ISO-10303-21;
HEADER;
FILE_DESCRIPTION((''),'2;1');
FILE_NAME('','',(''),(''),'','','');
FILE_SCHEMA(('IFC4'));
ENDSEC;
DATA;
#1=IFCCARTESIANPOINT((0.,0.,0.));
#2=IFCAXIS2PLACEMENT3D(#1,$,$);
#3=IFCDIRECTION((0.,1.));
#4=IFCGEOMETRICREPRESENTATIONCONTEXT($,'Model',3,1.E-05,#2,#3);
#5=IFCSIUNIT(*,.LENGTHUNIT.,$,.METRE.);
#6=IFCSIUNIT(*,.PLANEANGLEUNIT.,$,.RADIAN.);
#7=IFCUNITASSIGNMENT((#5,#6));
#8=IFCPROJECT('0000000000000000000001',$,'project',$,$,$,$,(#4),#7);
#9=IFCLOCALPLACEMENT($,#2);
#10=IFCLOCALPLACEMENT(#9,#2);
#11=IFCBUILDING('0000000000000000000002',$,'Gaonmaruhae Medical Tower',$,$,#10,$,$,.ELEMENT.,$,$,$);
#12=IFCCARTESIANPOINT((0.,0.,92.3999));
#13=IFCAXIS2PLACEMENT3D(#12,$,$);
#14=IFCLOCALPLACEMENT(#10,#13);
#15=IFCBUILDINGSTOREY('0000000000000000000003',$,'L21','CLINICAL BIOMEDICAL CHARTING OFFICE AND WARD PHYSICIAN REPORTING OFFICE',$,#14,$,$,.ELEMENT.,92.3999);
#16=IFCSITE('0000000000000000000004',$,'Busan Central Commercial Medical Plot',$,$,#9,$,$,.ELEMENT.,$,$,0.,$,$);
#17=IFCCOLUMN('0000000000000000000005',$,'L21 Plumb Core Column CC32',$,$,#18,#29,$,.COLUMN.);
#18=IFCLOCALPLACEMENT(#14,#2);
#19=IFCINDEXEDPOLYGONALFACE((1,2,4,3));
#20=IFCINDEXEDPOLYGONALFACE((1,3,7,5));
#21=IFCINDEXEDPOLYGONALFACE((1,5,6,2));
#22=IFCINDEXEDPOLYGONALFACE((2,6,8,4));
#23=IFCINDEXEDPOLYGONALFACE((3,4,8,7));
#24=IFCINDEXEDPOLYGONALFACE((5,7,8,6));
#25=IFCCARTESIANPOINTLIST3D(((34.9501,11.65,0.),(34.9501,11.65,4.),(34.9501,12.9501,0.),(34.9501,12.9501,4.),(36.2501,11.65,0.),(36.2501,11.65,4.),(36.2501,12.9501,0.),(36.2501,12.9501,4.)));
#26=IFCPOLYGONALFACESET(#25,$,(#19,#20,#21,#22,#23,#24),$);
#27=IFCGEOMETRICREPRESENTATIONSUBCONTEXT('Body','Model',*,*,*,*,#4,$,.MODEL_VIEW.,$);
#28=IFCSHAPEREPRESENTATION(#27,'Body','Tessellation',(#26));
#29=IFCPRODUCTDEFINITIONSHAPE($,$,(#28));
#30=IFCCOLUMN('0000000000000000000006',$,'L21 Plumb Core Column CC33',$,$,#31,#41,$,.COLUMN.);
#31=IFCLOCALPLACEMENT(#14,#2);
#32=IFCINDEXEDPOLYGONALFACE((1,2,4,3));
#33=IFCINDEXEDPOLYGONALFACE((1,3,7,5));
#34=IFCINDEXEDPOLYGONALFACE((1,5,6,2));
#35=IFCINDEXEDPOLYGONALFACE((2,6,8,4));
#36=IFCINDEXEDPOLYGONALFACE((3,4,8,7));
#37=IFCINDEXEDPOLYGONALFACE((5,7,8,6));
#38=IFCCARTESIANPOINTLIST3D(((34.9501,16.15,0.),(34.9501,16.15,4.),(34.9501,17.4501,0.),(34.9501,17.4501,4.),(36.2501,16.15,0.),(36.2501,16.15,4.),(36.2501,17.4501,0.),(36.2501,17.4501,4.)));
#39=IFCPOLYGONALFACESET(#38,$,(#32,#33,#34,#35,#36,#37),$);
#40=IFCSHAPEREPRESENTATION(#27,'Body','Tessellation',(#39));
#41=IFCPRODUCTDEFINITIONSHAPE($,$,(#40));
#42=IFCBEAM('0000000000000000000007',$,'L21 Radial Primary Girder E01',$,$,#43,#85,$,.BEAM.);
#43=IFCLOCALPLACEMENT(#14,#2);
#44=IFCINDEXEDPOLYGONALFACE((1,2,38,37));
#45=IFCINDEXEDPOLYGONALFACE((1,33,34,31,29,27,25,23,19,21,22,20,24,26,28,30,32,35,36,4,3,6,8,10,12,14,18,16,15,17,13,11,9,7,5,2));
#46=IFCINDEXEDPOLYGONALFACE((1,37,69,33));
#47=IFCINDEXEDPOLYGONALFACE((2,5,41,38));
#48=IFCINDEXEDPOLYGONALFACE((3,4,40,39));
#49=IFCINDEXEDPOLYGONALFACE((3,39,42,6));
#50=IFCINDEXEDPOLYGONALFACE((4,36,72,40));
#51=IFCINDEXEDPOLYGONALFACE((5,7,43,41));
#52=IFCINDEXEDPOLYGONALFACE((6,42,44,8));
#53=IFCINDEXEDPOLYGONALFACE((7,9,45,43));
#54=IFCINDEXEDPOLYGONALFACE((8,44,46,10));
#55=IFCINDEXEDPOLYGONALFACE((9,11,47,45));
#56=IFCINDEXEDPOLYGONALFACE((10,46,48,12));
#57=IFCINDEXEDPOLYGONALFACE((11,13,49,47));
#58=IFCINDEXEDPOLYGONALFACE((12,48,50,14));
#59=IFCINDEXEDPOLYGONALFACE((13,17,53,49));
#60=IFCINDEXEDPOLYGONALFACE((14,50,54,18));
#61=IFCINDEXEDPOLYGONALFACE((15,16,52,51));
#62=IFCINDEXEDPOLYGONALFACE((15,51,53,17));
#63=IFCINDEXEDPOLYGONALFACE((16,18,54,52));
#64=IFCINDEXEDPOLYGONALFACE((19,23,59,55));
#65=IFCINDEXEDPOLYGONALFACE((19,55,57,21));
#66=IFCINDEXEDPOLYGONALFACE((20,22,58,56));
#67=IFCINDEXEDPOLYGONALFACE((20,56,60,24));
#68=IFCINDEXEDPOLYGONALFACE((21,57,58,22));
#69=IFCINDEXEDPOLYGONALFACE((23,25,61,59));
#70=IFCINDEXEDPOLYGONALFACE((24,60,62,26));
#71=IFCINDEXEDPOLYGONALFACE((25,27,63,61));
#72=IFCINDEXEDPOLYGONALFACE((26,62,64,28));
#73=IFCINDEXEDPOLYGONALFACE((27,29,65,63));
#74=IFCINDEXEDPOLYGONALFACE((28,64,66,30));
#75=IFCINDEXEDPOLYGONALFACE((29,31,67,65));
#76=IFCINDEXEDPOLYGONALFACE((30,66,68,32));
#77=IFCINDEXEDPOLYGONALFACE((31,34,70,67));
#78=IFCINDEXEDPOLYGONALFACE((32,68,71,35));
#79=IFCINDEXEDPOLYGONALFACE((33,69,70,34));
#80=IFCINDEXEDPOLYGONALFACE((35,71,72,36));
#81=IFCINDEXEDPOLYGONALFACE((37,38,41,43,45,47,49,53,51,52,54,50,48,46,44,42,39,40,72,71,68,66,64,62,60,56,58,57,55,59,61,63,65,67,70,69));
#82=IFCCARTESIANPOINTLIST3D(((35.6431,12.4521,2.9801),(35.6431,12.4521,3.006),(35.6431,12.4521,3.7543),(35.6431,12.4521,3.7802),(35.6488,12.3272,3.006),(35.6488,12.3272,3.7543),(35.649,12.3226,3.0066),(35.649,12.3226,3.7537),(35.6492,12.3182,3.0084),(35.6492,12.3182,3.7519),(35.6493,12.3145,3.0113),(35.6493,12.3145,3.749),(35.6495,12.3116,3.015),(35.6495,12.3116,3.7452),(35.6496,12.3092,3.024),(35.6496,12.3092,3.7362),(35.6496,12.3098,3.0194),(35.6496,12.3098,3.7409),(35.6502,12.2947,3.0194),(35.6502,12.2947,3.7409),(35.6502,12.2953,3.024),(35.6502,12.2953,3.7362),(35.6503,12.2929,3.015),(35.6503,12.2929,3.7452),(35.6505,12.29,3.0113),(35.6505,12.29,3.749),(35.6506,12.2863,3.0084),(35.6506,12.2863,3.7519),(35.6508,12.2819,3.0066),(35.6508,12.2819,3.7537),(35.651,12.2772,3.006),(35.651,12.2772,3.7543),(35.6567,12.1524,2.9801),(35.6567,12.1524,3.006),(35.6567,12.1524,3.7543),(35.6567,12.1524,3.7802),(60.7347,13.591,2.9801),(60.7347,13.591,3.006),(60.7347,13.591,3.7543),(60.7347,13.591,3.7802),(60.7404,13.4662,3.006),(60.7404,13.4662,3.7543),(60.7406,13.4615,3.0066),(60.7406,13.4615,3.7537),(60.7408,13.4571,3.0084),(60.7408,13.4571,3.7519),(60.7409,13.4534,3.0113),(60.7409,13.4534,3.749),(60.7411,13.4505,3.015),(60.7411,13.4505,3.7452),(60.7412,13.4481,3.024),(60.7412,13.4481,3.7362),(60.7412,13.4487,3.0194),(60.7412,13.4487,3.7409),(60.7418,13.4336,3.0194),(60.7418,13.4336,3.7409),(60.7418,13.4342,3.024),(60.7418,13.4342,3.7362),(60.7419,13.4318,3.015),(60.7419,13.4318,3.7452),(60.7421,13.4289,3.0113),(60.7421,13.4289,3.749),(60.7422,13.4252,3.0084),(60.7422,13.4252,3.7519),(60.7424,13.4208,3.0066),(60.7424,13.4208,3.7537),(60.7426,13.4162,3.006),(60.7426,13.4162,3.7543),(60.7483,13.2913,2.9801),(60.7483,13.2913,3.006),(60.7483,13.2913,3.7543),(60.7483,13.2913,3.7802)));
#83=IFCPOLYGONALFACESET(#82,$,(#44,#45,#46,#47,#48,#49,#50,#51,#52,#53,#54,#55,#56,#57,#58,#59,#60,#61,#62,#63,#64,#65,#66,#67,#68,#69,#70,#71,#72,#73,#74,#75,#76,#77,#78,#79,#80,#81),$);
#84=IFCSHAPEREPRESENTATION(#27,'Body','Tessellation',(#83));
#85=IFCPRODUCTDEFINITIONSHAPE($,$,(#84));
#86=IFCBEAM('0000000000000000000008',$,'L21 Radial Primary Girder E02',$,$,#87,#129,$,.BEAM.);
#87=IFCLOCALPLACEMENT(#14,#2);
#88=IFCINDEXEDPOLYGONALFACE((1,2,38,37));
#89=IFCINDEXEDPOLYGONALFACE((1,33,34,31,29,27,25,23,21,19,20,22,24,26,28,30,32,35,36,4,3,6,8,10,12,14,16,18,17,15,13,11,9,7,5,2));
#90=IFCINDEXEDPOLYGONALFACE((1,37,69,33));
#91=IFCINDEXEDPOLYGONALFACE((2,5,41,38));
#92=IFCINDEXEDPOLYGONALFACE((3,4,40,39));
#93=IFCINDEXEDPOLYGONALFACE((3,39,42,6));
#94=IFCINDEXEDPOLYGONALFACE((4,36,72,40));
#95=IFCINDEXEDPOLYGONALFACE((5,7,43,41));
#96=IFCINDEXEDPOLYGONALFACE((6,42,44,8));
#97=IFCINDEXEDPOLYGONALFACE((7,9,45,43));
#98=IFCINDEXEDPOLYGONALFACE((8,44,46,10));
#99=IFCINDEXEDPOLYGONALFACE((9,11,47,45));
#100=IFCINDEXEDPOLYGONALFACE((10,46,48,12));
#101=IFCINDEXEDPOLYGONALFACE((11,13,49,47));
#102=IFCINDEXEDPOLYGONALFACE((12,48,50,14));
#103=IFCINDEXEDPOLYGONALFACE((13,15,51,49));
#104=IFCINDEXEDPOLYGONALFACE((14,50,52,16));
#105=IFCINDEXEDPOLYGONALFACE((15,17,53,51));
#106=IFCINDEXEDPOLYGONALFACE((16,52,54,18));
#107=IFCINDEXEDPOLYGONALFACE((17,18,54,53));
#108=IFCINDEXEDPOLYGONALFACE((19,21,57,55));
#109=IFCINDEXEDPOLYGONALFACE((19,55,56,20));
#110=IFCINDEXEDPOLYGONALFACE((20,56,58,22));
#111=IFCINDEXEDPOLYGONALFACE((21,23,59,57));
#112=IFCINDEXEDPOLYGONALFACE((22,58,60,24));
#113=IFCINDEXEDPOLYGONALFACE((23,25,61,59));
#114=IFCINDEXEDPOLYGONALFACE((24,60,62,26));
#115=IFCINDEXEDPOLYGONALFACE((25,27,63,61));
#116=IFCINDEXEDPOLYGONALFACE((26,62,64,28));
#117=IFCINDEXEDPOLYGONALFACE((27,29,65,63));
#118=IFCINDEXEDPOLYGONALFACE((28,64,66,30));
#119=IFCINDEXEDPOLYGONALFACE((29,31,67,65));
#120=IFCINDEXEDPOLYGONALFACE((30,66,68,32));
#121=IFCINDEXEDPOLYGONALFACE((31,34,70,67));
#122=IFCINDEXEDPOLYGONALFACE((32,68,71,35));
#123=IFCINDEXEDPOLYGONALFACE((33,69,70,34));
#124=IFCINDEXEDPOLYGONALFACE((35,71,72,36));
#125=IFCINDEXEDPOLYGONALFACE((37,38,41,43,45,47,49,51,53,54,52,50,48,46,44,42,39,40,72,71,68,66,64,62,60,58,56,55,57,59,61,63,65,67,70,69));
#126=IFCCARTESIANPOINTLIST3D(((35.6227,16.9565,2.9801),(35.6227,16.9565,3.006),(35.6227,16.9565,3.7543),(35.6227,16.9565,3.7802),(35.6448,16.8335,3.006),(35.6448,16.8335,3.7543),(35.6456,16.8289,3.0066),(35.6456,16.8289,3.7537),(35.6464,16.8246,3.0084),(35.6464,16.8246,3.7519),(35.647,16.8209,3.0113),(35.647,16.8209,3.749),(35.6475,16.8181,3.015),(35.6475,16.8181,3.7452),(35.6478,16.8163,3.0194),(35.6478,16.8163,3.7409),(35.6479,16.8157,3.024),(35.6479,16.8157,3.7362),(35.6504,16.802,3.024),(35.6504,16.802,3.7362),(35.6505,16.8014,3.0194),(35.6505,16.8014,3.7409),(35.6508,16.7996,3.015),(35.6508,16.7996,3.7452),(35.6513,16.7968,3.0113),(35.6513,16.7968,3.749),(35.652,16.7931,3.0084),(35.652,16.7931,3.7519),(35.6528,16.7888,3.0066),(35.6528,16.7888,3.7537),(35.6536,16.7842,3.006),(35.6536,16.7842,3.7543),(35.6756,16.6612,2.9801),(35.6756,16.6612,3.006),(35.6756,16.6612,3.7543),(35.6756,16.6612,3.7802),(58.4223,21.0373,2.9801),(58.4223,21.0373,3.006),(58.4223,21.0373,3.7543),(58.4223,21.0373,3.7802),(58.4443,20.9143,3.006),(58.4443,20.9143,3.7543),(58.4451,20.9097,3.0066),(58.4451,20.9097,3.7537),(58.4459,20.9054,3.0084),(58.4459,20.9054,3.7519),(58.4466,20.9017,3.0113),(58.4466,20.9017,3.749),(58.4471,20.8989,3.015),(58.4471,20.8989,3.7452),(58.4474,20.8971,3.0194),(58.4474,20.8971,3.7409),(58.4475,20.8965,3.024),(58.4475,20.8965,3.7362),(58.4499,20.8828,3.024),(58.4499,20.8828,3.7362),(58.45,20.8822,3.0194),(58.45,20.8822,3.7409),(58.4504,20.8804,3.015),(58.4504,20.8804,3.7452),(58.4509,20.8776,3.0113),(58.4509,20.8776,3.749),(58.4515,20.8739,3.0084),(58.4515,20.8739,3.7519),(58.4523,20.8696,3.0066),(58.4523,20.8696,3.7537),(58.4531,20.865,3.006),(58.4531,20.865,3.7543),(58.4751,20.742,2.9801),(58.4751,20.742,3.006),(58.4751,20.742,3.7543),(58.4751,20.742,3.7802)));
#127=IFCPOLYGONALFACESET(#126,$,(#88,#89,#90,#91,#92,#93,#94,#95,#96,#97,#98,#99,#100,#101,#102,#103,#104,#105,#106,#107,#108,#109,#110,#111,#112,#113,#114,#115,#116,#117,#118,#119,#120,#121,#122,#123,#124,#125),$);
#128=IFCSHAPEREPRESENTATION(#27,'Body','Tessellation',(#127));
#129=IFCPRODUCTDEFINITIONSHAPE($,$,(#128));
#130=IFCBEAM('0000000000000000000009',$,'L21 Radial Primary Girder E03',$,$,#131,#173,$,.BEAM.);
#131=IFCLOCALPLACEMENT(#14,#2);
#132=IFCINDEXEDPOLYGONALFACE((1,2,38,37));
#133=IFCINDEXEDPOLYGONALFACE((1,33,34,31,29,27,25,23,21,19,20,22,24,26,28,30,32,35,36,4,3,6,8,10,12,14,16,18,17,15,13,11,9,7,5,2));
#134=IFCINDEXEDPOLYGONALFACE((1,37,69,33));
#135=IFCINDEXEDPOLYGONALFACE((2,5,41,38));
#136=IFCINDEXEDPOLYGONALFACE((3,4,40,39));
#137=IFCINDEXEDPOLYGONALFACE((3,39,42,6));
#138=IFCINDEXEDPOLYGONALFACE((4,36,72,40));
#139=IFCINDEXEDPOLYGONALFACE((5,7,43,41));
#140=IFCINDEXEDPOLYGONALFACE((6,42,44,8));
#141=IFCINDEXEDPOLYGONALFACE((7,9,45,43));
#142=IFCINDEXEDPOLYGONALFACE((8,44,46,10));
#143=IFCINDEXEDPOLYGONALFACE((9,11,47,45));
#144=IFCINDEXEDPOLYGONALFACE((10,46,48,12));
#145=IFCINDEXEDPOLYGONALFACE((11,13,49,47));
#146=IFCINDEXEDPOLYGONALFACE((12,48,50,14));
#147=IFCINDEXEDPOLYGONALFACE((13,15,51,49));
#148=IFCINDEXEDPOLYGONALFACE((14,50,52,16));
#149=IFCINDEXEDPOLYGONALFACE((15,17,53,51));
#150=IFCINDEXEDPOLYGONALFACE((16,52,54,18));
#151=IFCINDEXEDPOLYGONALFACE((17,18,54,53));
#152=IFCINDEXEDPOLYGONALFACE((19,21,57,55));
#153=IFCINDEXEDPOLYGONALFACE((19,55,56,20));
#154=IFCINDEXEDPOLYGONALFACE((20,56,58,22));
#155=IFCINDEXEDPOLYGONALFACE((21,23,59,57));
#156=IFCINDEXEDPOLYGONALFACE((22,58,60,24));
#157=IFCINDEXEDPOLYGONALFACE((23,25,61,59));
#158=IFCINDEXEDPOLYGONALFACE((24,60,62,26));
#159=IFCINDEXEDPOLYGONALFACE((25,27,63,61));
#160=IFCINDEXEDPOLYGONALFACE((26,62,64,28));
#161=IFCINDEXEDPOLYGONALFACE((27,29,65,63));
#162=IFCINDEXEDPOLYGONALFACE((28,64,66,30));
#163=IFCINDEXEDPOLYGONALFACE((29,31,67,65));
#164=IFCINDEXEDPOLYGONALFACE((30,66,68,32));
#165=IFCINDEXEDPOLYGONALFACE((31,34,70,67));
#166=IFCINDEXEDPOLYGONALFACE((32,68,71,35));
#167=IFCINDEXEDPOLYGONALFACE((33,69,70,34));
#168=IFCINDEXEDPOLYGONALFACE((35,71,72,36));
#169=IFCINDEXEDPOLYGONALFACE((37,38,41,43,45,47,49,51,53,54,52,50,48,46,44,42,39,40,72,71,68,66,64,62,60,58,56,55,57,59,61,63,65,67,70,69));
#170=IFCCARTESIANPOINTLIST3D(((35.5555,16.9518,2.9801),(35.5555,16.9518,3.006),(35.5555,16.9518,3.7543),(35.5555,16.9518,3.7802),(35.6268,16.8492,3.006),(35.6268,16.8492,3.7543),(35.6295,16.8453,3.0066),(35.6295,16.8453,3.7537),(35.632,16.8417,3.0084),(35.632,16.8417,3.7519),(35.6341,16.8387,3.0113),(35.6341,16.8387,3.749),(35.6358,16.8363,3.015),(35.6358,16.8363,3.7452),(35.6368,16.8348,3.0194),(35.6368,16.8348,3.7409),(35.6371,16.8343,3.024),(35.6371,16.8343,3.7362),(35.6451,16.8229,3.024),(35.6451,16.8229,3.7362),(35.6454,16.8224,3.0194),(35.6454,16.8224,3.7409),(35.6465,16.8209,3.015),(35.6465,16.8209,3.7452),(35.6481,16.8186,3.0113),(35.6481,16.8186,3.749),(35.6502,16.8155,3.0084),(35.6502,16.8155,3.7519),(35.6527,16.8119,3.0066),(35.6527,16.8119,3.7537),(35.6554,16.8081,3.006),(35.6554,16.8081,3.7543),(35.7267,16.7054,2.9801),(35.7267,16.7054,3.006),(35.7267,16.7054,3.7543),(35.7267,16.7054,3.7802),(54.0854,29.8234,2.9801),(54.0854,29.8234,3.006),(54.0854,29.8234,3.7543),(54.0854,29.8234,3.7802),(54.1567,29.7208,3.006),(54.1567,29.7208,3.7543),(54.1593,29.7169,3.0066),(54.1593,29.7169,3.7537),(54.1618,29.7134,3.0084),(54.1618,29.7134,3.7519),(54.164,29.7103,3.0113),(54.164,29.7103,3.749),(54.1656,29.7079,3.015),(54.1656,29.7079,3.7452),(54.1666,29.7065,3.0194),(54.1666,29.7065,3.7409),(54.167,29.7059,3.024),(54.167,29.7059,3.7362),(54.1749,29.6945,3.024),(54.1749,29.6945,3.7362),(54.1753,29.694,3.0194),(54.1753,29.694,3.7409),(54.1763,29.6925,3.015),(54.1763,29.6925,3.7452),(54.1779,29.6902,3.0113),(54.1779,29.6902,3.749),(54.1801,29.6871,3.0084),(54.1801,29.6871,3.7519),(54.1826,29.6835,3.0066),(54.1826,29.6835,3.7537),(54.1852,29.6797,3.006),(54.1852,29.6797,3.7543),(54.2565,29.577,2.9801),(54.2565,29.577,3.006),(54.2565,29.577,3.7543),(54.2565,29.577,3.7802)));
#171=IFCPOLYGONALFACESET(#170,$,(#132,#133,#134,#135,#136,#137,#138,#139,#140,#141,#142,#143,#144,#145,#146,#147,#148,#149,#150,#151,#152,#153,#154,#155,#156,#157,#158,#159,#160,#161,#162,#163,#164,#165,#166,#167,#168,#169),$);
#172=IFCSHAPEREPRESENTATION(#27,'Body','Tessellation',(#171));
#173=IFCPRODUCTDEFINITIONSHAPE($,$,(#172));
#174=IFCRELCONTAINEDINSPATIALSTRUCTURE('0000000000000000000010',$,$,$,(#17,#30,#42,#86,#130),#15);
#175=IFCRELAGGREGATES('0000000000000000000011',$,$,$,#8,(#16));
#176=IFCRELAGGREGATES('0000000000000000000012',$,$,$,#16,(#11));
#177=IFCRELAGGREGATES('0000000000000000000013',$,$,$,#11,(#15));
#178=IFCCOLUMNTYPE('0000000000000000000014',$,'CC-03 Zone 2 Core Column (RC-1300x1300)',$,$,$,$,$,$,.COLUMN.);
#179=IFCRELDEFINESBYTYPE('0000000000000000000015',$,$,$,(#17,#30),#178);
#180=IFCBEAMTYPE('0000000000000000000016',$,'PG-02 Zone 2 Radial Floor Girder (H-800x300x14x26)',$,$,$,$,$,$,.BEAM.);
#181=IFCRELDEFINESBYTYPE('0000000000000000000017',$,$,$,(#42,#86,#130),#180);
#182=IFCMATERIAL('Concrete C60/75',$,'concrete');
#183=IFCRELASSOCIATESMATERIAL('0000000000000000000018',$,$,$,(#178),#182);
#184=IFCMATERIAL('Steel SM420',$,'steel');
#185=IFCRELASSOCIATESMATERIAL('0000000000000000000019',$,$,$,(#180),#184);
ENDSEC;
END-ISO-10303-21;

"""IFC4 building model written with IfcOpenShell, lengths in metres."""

from ifc_helpers import new_model, si_unit, direction, frame, origin, origin_2d, place, context, subcontext, project, spatial, rectangle, i_section, extrude, material, material_profile, profile_set, type_object, element, save


model = new_model("IFC4")

# Units and contexts
model_context = context("Model", 3, precision=1e-05, world=origin(), true_north=direction((0.0, 1.0)))
body_context = subcontext(model_context, "Body", "Model", "MODEL_VIEW")
ifc_project = project(units=[si_unit("LENGTHUNIT", "METRE"), si_unit("PLANEANGLEUNIT", "RADIAN")], contexts=[model_context])

# Site, building, storey
site_placement = place(None, origin())
site = spatial("IfcSite", under=ifc_project, at=site_placement, Name="Busan Central Commercial Medical Plot", CompositionType="ELEMENT", RefElevation=0.0)
building_placement = place(site_placement, origin())
building = spatial("IfcBuilding", under=site, at=building_placement, Name="Gaonmaruhae Medical Tower", CompositionType="ELEMENT")
storey_placement = place(building_placement, frame((0.0, 0.0, 92.3999)))
storey = spatial("IfcBuildingStorey", under=building, at=storey_placement, Name="L21", Description="CLINICAL BIOMEDICAL CHARTING OFFICE AND WARD PHYSICIAN REPORTING OFFICE", CompositionType="ELEMENT", Elevation=92.3999)

# Columns
ifc_material_1 = material(Name="Concrete C60/75", Category="concrete")
ifc_material_profile_1 = material_profile(ifc_material_1, rectangle(XDim=1.3, YDim=1.3, at=origin_2d()), Name="RC-1300x1300")
ifc_profile_set_1 = profile_set([ifc_material_profile_1], Name="Concrete C60/75")
column_type = type_object("IfcColumnType", Name="CC-03 Zone 2 Core Column (RC-1300x1300)", PredefinedType="COLUMN", material=ifc_profile_set_1)
for number, where, z_axis, x_axis, name in (
    (1, (35.6001, 12.3, 0.0), (0.0, 0.0, 1.0), (1.0, 0.0, 0.0), "L21 Plumb Core Column CC32"),
    (2, (35.6001, 16.8, 0.0), (0.0, 0.0, 1.0), (1.0, 0.0, 0.0), "L21 Plumb Core Column CC33"),
):
    element("IfcColumn", number, at=place(storey_placement, frame(where, z_axis=z_axis, x_axis=x_axis)), inside=storey, type_object=column_type, Name=name, PredefinedType="COLUMN", context=body_context, shape_type="SweptSolid", body=[
        extrude(rectangle(XDim=1.3, YDim=1.3, at=origin_2d()), origin(), (0.0, 0.0, 1.0), 4.0),
    ])

# Beams
ifc_material_2 = material(Name="Steel SM420", Category="steel")
ifc_material_profile_2 = material_profile(ifc_material_2, i_section(OverallWidth=0.3, OverallDepth=0.8, WebThickness=0.0139, FlangeThickness=0.0259, FilletRadius=0.0181, at=origin_2d()), Name="H-800x300x14x26")
ifc_profile_set_2 = profile_set([ifc_material_profile_2], Name="Steel SM420")
beam_type = type_object("IfcBeamType", Name="PG-02 Zone 2 Radial Floor Girder (H-800x300x14x26)", PredefinedType="BEAM", material=ifc_profile_set_2)
beam_1_placement = place(storey_placement, frame((35.6499, 12.3022, 3.3801), z_axis=(0.998971, 0.045344, 0.0), x_axis=(-0.045344, 0.998971, 0.0)))
element("IfcBeam", 3, at=beam_1_placement, inside=storey, type_object=beam_type, Name="L21 Radial Primary Girder E01", PredefinedType="BEAM", context=body_context, shape_type="SweptSolid", body=[
    extrude(i_section(OverallWidth=0.3, OverallDepth=0.8, WebThickness=0.0139, FlangeThickness=0.0259, FilletRadius=0.0181, at=origin_2d()), origin(), (0.0, 0.0, 1.0), 25.1174),
])
beam_2_placement = place(storey_placement, frame((35.6492, 16.8088, 3.3801), z_axis=(0.984357, 0.176186, 0.0), x_axis=(-0.176186, 0.984357, 0.0)))
element("IfcBeam", 4, at=beam_2_placement, inside=storey, type_object=beam_type, Name="L21 Radial Primary Girder E02", PredefinedType="BEAM", context=body_context, shape_type="SweptSolid", body=[
    extrude(i_section(OverallWidth=0.3, OverallDepth=0.8, WebThickness=0.0139, FlangeThickness=0.0259, FilletRadius=0.0181, at=origin_2d()), origin(), (0.0, 0.0, 1.0), 23.1619),
])
beam_3_placement = place(storey_placement, frame((35.6411, 16.8286, 3.3801), z_axis=(0.821294, 0.570506, 0.0), x_axis=(-0.570506, 0.821294, 0.0)))
element("IfcBeam", 5, at=beam_3_placement, inside=storey, type_object=beam_type, Name="L21 Radial Primary Girder E03", PredefinedType="BEAM", context=body_context, shape_type="SweptSolid", body=[
    extrude(i_section(OverallWidth=0.3, OverallDepth=0.8, WebThickness=0.0139, FlangeThickness=0.0259, FilletRadius=0.0181, at=origin_2d()), origin(), (0.0, 0.0, 1.0), 22.5618),
])

save(model, "model.ifc")
